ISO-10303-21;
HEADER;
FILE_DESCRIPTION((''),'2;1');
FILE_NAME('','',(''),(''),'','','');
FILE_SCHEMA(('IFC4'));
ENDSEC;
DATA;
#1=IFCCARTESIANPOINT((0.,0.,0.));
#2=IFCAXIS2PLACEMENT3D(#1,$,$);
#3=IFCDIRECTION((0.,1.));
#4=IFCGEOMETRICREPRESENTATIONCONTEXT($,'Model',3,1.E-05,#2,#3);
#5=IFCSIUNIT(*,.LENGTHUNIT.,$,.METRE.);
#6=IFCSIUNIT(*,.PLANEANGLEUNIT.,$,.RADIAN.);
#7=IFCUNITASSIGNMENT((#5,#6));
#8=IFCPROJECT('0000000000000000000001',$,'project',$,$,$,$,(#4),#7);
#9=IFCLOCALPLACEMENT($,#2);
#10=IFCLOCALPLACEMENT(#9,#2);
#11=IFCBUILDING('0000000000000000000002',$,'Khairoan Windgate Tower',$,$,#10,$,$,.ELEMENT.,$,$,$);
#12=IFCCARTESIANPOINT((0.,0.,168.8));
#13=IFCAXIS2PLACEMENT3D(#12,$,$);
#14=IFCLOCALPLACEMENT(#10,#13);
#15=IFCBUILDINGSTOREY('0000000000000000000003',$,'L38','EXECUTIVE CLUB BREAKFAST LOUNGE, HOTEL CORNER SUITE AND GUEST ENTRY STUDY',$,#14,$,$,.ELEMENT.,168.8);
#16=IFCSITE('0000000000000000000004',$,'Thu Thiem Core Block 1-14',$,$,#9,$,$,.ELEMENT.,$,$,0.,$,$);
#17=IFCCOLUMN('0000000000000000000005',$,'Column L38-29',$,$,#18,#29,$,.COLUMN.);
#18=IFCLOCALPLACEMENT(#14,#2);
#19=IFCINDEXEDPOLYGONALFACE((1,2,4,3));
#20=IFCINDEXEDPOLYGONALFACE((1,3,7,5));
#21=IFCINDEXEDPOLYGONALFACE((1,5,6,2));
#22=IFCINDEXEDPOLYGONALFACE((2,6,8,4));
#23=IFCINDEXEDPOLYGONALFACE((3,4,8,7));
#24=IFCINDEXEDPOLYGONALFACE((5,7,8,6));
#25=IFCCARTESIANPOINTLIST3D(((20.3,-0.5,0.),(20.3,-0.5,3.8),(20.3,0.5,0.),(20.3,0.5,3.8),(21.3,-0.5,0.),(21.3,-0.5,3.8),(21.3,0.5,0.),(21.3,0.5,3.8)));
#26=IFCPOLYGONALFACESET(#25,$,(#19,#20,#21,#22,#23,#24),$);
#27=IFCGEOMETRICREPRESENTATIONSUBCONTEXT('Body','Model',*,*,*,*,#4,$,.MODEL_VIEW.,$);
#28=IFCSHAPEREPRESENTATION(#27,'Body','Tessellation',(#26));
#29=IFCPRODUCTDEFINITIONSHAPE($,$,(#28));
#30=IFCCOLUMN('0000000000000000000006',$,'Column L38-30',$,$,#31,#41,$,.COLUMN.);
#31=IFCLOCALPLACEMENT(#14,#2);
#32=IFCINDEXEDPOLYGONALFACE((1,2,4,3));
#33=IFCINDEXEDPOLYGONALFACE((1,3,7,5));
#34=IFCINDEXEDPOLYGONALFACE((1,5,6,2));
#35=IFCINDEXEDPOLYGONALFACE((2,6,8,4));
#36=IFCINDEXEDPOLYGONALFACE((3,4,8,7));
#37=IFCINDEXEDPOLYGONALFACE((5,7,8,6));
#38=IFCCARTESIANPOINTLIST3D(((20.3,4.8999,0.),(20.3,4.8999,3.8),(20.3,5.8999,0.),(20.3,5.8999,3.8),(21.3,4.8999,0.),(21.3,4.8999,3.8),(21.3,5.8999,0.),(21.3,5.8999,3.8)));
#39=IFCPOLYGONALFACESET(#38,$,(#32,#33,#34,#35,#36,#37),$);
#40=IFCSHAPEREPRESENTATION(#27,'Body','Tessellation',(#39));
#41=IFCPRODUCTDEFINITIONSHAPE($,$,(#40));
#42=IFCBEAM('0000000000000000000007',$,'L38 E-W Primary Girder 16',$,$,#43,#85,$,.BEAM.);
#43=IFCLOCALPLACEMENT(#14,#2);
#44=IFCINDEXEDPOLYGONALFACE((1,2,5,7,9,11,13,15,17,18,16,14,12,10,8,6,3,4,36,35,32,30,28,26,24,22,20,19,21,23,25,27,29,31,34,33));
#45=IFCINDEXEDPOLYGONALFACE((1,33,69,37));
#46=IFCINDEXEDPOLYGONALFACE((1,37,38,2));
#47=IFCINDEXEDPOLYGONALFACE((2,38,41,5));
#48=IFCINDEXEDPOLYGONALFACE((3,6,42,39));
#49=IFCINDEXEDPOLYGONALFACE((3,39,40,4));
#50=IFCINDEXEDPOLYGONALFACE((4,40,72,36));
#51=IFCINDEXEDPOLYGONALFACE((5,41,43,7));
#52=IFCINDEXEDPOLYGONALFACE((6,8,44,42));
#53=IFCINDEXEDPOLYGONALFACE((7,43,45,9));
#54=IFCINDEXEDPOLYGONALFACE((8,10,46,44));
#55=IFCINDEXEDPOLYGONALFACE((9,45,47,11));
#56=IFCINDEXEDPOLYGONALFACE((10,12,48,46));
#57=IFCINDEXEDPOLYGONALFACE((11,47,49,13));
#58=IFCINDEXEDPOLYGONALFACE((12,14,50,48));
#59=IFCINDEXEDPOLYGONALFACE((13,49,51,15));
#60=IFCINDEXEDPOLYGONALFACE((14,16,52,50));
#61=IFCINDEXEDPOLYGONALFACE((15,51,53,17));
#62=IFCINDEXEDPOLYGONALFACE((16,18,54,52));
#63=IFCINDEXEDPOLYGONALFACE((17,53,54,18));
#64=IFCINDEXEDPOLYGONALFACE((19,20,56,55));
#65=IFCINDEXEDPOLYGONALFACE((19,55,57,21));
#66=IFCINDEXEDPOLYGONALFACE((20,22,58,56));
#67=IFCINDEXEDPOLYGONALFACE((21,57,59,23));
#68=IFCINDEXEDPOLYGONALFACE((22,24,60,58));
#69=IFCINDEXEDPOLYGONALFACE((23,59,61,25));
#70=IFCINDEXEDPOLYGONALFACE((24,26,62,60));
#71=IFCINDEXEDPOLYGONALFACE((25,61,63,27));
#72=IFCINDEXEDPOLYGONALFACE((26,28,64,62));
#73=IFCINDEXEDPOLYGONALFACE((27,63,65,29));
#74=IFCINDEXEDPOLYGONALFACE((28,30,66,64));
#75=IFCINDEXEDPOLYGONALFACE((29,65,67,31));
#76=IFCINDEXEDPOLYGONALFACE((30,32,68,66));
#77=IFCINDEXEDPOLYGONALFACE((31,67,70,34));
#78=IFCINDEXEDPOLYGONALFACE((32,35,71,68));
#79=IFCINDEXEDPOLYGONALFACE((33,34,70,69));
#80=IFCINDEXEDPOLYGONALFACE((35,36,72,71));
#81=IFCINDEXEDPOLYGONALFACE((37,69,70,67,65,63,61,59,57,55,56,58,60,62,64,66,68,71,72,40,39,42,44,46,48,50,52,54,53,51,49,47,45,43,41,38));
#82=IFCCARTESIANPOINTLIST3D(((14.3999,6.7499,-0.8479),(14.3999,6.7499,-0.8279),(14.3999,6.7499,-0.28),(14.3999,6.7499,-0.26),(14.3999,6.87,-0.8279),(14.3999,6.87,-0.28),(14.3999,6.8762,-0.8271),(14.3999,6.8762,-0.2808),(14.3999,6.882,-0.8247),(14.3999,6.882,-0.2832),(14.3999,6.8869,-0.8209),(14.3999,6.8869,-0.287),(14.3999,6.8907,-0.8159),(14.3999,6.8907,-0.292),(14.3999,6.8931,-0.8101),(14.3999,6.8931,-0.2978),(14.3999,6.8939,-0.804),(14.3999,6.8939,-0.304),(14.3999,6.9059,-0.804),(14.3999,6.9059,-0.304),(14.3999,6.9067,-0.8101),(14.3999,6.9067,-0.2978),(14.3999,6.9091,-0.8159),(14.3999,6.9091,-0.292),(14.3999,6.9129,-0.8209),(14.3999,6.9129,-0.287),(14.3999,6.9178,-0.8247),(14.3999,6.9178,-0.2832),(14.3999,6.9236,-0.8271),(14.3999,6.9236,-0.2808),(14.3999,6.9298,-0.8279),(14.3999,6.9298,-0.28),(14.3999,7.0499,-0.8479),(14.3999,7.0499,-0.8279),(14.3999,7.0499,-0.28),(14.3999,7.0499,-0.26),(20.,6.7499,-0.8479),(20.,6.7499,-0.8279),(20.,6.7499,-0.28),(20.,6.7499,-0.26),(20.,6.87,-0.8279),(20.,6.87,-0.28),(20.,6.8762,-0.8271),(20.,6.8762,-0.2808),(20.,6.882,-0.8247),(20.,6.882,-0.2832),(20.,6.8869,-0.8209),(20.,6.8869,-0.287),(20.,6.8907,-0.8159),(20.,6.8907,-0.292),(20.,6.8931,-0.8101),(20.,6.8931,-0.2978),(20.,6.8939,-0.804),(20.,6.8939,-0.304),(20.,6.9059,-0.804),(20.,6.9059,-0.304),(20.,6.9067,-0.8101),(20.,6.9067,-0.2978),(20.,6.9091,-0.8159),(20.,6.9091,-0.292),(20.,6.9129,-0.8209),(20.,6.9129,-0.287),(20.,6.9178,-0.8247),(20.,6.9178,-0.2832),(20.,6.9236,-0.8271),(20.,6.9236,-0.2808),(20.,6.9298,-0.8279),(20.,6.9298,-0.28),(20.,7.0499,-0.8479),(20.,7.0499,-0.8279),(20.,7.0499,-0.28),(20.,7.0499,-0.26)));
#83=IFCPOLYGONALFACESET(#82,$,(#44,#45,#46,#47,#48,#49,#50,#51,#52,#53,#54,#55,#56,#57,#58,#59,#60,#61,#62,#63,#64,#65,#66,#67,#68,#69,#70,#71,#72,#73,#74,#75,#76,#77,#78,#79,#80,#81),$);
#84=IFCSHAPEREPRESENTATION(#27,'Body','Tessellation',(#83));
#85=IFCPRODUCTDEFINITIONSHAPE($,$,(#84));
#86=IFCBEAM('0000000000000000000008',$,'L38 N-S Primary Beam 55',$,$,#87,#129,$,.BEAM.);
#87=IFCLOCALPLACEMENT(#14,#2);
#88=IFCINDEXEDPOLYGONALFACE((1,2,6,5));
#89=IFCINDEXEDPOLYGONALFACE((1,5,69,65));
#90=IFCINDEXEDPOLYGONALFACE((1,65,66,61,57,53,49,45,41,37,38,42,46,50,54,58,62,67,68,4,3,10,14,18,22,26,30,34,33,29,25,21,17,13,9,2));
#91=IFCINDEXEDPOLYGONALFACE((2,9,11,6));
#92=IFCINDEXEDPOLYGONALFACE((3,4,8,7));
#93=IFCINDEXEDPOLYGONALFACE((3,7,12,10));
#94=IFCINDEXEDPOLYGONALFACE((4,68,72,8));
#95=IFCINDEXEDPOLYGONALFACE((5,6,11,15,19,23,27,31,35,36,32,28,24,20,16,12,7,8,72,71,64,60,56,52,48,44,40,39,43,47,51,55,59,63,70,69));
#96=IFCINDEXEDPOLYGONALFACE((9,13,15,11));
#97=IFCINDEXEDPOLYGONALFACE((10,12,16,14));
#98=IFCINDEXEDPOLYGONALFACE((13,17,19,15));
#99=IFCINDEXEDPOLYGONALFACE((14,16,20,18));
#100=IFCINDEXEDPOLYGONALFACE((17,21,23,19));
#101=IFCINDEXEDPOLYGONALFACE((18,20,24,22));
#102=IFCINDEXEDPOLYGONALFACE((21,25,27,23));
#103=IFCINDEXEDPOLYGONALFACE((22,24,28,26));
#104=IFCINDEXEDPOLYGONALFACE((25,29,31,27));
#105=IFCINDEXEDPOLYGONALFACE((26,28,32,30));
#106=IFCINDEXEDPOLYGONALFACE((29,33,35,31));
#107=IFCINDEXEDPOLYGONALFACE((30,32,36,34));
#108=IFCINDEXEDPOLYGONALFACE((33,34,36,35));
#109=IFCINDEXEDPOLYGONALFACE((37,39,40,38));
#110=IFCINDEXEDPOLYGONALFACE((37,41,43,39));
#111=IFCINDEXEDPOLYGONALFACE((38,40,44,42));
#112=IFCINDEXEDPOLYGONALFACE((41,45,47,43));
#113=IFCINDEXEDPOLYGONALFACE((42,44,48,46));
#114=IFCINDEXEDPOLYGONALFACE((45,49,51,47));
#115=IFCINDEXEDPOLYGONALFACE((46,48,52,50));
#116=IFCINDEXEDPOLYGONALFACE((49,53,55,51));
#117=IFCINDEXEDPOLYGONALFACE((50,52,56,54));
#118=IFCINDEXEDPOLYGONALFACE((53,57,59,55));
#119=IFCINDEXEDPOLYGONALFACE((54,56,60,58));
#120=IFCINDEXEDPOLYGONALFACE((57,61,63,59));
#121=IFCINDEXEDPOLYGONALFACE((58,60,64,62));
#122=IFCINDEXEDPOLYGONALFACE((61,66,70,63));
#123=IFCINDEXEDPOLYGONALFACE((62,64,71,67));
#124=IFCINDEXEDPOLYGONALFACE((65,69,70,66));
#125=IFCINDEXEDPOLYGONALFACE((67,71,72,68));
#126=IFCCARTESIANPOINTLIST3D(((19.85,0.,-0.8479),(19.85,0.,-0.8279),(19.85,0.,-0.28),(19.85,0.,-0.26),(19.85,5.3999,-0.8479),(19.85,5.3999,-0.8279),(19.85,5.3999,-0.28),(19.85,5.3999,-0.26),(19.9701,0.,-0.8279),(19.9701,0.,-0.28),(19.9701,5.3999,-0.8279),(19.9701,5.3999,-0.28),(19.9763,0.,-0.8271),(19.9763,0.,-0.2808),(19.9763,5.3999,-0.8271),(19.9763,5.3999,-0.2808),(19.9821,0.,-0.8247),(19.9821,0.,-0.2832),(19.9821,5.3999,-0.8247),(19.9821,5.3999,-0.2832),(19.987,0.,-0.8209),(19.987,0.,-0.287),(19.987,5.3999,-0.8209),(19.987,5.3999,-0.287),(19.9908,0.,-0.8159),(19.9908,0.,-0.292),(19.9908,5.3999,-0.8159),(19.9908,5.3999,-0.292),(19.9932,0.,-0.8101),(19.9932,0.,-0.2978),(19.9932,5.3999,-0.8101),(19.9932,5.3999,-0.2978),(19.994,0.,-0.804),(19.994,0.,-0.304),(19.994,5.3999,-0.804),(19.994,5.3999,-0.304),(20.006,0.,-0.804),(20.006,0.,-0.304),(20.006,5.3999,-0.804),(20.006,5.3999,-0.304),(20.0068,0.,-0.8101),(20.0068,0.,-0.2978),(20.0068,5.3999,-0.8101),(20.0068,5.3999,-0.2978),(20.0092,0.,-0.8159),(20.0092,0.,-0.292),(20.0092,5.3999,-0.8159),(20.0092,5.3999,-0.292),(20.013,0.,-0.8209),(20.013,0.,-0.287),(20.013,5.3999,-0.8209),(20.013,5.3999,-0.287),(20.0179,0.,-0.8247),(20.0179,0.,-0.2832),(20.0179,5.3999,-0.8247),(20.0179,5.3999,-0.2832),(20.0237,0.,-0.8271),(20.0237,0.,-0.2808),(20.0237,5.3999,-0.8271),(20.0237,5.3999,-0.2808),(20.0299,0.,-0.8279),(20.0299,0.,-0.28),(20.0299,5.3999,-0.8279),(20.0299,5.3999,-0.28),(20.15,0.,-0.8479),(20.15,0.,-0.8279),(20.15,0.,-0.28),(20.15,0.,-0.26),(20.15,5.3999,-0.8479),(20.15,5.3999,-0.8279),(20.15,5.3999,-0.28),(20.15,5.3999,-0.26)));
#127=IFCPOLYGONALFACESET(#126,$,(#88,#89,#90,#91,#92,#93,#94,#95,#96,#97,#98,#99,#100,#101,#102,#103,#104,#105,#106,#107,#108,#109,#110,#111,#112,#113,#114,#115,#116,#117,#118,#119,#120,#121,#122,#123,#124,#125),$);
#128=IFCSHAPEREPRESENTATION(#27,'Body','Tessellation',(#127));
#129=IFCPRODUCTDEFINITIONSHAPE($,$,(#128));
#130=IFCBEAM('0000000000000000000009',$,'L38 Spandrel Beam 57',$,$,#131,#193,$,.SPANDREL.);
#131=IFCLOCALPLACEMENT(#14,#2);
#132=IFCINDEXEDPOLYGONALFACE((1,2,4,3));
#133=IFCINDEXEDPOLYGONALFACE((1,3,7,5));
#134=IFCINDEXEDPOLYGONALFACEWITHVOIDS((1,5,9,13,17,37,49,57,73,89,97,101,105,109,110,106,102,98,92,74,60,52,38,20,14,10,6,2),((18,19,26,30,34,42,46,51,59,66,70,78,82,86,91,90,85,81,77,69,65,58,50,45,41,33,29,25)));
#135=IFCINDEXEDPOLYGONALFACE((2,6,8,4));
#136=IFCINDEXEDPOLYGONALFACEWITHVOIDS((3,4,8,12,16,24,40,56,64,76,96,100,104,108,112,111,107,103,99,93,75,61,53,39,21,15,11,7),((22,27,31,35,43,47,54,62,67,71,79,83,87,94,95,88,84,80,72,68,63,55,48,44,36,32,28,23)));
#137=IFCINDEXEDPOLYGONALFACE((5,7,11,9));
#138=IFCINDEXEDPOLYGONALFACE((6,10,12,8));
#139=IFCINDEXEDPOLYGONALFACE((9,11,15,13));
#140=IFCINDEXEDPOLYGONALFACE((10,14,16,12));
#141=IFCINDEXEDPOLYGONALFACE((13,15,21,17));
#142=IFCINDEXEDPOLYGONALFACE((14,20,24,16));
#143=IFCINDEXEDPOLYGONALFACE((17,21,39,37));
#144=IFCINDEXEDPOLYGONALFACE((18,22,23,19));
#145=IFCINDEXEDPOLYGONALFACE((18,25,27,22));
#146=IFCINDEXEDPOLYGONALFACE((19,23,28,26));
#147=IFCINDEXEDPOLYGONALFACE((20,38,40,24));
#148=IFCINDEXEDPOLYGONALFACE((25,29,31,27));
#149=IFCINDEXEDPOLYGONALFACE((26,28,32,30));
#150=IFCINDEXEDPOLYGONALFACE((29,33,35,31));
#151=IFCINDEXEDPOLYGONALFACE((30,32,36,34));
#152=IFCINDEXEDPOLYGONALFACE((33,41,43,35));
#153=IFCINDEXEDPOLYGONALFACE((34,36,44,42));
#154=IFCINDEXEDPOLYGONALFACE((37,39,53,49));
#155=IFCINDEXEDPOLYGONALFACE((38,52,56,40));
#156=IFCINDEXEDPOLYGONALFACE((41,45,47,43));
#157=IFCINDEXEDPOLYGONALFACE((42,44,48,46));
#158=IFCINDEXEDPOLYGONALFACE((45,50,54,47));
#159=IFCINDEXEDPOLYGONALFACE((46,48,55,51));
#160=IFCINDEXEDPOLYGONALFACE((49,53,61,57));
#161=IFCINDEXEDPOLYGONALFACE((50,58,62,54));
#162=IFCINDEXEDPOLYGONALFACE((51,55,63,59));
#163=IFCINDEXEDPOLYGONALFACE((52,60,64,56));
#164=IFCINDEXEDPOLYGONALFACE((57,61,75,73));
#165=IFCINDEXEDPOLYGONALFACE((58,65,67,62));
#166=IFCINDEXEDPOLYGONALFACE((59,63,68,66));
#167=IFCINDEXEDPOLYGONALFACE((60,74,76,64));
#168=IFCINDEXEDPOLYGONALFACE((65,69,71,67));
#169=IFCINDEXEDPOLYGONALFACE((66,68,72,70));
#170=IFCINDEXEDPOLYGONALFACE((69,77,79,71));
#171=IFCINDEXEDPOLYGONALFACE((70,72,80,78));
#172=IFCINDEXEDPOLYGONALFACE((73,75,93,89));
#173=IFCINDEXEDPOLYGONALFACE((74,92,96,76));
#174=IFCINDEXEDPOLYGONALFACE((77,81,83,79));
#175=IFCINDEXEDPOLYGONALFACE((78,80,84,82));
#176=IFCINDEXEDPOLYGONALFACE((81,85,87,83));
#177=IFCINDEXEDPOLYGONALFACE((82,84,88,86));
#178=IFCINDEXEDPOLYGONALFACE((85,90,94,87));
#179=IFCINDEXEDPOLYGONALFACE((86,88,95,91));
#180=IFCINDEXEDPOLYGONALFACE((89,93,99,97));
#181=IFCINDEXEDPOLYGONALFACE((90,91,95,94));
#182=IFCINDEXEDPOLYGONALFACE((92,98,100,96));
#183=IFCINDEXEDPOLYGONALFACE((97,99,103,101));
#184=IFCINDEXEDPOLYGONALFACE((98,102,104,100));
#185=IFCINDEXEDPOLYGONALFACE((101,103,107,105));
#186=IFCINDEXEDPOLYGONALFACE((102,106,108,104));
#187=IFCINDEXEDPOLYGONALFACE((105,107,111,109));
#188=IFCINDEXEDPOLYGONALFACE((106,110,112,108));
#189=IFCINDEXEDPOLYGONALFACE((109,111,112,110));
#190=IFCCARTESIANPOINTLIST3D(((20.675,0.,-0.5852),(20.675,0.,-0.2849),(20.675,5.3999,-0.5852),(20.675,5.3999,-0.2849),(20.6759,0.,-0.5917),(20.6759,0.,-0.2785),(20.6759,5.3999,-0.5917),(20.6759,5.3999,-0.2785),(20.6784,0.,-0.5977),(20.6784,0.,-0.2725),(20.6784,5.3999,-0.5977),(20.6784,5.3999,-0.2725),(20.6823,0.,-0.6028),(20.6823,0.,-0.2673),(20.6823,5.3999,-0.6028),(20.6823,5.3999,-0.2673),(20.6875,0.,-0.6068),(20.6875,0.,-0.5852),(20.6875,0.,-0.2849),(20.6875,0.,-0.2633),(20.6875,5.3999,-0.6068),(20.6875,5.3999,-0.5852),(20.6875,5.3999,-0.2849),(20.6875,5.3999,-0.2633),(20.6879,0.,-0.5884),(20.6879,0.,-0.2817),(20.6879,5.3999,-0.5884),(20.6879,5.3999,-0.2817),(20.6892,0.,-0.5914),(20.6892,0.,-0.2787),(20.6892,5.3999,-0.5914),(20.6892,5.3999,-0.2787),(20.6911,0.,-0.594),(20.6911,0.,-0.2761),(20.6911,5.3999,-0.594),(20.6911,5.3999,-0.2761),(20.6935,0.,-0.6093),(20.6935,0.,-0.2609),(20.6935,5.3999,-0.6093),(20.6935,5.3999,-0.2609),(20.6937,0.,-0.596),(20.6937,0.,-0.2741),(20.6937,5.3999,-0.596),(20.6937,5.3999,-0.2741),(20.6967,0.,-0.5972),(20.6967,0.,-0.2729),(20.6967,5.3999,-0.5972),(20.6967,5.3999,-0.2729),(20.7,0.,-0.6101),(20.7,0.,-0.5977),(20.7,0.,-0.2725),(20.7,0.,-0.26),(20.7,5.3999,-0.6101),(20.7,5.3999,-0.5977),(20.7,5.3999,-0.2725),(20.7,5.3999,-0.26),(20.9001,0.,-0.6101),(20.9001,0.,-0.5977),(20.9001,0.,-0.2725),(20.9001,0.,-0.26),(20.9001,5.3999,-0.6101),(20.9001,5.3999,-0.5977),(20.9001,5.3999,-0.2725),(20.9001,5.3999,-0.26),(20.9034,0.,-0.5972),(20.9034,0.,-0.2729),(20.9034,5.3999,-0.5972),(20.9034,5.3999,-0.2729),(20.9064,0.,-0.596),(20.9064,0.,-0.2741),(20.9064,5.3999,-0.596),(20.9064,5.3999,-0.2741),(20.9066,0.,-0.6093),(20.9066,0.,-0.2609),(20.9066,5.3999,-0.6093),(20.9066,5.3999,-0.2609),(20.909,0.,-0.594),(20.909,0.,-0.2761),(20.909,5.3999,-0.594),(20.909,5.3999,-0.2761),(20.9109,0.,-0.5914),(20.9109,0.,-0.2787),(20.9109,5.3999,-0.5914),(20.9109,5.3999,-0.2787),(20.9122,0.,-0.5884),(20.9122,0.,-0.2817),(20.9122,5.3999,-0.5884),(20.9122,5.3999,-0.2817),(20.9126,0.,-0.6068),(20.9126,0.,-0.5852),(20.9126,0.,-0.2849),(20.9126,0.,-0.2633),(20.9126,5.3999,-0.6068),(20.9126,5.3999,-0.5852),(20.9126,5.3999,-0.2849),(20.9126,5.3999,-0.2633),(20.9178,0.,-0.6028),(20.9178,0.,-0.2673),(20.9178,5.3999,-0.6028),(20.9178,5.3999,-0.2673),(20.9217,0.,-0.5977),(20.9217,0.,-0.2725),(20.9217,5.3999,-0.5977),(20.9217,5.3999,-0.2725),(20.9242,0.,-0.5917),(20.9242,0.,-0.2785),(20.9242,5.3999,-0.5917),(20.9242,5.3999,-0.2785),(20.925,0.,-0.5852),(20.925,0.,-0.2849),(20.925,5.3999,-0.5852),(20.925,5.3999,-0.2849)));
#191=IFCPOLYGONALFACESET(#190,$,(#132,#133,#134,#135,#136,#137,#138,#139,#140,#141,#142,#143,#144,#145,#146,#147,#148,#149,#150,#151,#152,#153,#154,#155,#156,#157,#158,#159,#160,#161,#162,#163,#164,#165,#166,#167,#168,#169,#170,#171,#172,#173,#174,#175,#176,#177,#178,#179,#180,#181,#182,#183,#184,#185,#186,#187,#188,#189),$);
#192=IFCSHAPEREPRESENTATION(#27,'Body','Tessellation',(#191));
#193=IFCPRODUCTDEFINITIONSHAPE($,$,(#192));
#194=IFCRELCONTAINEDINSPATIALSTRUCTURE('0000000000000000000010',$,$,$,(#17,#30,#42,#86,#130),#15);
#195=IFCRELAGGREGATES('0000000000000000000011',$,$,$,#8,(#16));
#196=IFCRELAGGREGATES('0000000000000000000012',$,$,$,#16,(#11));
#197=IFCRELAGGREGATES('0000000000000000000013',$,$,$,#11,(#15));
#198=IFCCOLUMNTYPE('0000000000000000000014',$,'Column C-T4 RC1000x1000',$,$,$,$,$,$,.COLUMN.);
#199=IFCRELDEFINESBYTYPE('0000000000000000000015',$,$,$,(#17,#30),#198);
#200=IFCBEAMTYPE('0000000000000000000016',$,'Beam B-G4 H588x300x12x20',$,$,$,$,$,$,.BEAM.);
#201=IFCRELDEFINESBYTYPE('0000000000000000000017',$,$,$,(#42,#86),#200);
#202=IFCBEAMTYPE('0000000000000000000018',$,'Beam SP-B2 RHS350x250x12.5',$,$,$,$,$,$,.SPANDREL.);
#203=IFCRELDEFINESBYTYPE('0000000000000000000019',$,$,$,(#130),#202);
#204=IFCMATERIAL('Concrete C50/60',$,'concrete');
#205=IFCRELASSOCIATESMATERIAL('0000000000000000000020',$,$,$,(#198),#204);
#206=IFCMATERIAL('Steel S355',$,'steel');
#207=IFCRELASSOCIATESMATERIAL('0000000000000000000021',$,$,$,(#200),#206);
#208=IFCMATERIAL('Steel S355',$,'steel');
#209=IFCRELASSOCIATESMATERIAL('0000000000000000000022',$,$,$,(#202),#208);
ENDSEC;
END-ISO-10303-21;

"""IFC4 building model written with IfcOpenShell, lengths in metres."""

from ifc_helpers import new_model, si_unit, direction, frame, origin, origin_2d, place, context, subcontext, project, spatial, rectangle, hollow_rectangle, i_section, extrude, material, material_profile, profile_set, type_object, element, save


model = new_model("IFC4")

# Units and contexts
model_context = context("Model", 3, precision=1e-05, world=origin(), true_north=direction((0.0, 1.0)))
body_context = subcontext(model_context, "Body", "Model", "MODEL_VIEW")
ifc_project = project(units=[si_unit("LENGTHUNIT", "METRE"), si_unit("PLANEANGLEUNIT", "RADIAN")], contexts=[model_context])

# Site, building, storey
site_placement = place(None, origin())
site = spatial("IfcSite", under=ifc_project, at=site_placement, Name="Thu Thiem Core Block 1-14", CompositionType="ELEMENT", RefElevation=0.0)
building_placement = place(site_placement, origin())
building = spatial("IfcBuilding", under=site, at=building_placement, Name="Khairoan Windgate Tower", CompositionType="ELEMENT")
storey_placement = place(building_placement, frame((0.0, 0.0, 168.8)))
storey = spatial("IfcBuildingStorey", under=building, at=storey_placement, Name="L38", Description="EXECUTIVE CLUB BREAKFAST LOUNGE, HOTEL CORNER SUITE AND GUEST ENTRY STUDY", CompositionType="ELEMENT", Elevation=168.8)

# Columns
ifc_material_1 = material(Name="Concrete C50/60", Category="concrete")
ifc_material_profile_1 = material_profile(ifc_material_1, rectangle(XDim=1.0, YDim=1.0, at=origin_2d()))
ifc_profile_set_1 = profile_set([ifc_material_profile_1], Name="Concrete C50/60")
column_type = type_object("IfcColumnType", Name="Column C-T4 RC1000x1000", PredefinedType="COLUMN", material=ifc_profile_set_1)
for number, where, z_axis, x_axis, name in (
    (1, (20.8, 0.0, 0.0), (0.0, 0.0, 1.0), (1.0, 0.0, 0.0), "Column L38-29"),
    (2, (20.8, 5.3999, 0.0), (0.0, 0.0, 1.0), (1.0, 0.0, 0.0), "Column L38-30"),
):
    element("IfcColumn", number, at=place(storey_placement, frame(where, z_axis=z_axis, x_axis=x_axis)), inside=storey, type_object=column_type, Name=name, PredefinedType="COLUMN", context=body_context, shape_type="SweptSolid", body=[
        extrude(rectangle(XDim=1.0, YDim=1.0, at=origin_2d()), origin(), (0.0, 0.0, 1.0), 3.8),
    ])

# Beams
ifc_material_2 = material(Name="Steel S355", Category="steel")
ifc_material_profile_2 = material_profile(ifc_material_2, i_section(OverallWidth=0.3, OverallDepth=0.5879, WebThickness=0.012, FlangeThickness=0.02, FilletRadius=0.0239, at=origin_2d()))
ifc_profile_set_2 = profile_set([ifc_material_profile_2], Name="Steel S355")
beam_type_1 = type_object("IfcBeamType", Name="Beam B-G4 H588x300x12x20", PredefinedType="BEAM", material=ifc_profile_set_2)
beam_1_placement = place(storey_placement, frame((14.3999, 6.8999, -0.554), z_axis=(1.0, 0.0, 0.0), x_axis=(0.0, 1.0, 0.0)))
element("IfcBeam", 3, at=beam_1_placement, inside=storey, type_object=beam_type_1, Name="L38 E-W Primary Girder 16", PredefinedType="BEAM", context=body_context, shape_type="SweptSolid", body=[
    extrude(i_section(OverallWidth=0.3, OverallDepth=0.5879, WebThickness=0.012, FlangeThickness=0.02, FilletRadius=0.0239, at=origin_2d()), origin(), (0.0, 0.0, 1.0), 5.6001),
])
beam_2_placement = place(storey_placement, frame((20.0, 0.0, -0.554), z_axis=(0.0, 1.0, 0.0), x_axis=(-1.0, 0.0, 0.0)))
element("IfcBeam", 4, at=beam_2_placement, inside=storey, type_object=beam_type_1, Name="L38 N-S Primary Beam 55", PredefinedType="BEAM", context=body_context, shape_type="SweptSolid", body=[
    extrude(i_section(OverallWidth=0.3, OverallDepth=0.5879, WebThickness=0.012, FlangeThickness=0.02, FilletRadius=0.0239, at=origin_2d()), origin(), (0.0, 0.0, 1.0), 5.3999),
])
ifc_material_3 = material(Name="Steel S355", Category="steel")
ifc_material_profile_3 = material_profile(ifc_material_3, hollow_rectangle(XDim=0.25, YDim=0.3501, WallThickness=0.0125, InnerFilletRadius=0.0125, OuterFilletRadius=0.0249, at=origin_2d()))
ifc_profile_set_3 = profile_set([ifc_material_profile_3], Name="Steel S355")
beam_type_2 = type_object("IfcBeamType", Name="Beam SP-B2 RHS350x250x12.5", PredefinedType="SPANDREL", material=ifc_profile_set_3)
beam_3_placement = place(storey_placement, frame((20.8, 0.0, -0.4351), z_axis=(0.0, 1.0, 0.0), x_axis=(-1.0, 0.0, 0.0)))
element("IfcBeam", 5, at=beam_3_placement, inside=storey, type_object=beam_type_2, Name="L38 Spandrel Beam 57", PredefinedType="SPANDREL", context=body_context, shape_type="SweptSolid", body=[
    extrude(hollow_rectangle(XDim=0.25, YDim=0.3501, WallThickness=0.0125, InnerFilletRadius=0.0125, OuterFilletRadius=0.0249, at=origin_2d()), origin(), (0.0, 0.0, 1.0), 5.3999),
])

save(model, "model.ifc")
